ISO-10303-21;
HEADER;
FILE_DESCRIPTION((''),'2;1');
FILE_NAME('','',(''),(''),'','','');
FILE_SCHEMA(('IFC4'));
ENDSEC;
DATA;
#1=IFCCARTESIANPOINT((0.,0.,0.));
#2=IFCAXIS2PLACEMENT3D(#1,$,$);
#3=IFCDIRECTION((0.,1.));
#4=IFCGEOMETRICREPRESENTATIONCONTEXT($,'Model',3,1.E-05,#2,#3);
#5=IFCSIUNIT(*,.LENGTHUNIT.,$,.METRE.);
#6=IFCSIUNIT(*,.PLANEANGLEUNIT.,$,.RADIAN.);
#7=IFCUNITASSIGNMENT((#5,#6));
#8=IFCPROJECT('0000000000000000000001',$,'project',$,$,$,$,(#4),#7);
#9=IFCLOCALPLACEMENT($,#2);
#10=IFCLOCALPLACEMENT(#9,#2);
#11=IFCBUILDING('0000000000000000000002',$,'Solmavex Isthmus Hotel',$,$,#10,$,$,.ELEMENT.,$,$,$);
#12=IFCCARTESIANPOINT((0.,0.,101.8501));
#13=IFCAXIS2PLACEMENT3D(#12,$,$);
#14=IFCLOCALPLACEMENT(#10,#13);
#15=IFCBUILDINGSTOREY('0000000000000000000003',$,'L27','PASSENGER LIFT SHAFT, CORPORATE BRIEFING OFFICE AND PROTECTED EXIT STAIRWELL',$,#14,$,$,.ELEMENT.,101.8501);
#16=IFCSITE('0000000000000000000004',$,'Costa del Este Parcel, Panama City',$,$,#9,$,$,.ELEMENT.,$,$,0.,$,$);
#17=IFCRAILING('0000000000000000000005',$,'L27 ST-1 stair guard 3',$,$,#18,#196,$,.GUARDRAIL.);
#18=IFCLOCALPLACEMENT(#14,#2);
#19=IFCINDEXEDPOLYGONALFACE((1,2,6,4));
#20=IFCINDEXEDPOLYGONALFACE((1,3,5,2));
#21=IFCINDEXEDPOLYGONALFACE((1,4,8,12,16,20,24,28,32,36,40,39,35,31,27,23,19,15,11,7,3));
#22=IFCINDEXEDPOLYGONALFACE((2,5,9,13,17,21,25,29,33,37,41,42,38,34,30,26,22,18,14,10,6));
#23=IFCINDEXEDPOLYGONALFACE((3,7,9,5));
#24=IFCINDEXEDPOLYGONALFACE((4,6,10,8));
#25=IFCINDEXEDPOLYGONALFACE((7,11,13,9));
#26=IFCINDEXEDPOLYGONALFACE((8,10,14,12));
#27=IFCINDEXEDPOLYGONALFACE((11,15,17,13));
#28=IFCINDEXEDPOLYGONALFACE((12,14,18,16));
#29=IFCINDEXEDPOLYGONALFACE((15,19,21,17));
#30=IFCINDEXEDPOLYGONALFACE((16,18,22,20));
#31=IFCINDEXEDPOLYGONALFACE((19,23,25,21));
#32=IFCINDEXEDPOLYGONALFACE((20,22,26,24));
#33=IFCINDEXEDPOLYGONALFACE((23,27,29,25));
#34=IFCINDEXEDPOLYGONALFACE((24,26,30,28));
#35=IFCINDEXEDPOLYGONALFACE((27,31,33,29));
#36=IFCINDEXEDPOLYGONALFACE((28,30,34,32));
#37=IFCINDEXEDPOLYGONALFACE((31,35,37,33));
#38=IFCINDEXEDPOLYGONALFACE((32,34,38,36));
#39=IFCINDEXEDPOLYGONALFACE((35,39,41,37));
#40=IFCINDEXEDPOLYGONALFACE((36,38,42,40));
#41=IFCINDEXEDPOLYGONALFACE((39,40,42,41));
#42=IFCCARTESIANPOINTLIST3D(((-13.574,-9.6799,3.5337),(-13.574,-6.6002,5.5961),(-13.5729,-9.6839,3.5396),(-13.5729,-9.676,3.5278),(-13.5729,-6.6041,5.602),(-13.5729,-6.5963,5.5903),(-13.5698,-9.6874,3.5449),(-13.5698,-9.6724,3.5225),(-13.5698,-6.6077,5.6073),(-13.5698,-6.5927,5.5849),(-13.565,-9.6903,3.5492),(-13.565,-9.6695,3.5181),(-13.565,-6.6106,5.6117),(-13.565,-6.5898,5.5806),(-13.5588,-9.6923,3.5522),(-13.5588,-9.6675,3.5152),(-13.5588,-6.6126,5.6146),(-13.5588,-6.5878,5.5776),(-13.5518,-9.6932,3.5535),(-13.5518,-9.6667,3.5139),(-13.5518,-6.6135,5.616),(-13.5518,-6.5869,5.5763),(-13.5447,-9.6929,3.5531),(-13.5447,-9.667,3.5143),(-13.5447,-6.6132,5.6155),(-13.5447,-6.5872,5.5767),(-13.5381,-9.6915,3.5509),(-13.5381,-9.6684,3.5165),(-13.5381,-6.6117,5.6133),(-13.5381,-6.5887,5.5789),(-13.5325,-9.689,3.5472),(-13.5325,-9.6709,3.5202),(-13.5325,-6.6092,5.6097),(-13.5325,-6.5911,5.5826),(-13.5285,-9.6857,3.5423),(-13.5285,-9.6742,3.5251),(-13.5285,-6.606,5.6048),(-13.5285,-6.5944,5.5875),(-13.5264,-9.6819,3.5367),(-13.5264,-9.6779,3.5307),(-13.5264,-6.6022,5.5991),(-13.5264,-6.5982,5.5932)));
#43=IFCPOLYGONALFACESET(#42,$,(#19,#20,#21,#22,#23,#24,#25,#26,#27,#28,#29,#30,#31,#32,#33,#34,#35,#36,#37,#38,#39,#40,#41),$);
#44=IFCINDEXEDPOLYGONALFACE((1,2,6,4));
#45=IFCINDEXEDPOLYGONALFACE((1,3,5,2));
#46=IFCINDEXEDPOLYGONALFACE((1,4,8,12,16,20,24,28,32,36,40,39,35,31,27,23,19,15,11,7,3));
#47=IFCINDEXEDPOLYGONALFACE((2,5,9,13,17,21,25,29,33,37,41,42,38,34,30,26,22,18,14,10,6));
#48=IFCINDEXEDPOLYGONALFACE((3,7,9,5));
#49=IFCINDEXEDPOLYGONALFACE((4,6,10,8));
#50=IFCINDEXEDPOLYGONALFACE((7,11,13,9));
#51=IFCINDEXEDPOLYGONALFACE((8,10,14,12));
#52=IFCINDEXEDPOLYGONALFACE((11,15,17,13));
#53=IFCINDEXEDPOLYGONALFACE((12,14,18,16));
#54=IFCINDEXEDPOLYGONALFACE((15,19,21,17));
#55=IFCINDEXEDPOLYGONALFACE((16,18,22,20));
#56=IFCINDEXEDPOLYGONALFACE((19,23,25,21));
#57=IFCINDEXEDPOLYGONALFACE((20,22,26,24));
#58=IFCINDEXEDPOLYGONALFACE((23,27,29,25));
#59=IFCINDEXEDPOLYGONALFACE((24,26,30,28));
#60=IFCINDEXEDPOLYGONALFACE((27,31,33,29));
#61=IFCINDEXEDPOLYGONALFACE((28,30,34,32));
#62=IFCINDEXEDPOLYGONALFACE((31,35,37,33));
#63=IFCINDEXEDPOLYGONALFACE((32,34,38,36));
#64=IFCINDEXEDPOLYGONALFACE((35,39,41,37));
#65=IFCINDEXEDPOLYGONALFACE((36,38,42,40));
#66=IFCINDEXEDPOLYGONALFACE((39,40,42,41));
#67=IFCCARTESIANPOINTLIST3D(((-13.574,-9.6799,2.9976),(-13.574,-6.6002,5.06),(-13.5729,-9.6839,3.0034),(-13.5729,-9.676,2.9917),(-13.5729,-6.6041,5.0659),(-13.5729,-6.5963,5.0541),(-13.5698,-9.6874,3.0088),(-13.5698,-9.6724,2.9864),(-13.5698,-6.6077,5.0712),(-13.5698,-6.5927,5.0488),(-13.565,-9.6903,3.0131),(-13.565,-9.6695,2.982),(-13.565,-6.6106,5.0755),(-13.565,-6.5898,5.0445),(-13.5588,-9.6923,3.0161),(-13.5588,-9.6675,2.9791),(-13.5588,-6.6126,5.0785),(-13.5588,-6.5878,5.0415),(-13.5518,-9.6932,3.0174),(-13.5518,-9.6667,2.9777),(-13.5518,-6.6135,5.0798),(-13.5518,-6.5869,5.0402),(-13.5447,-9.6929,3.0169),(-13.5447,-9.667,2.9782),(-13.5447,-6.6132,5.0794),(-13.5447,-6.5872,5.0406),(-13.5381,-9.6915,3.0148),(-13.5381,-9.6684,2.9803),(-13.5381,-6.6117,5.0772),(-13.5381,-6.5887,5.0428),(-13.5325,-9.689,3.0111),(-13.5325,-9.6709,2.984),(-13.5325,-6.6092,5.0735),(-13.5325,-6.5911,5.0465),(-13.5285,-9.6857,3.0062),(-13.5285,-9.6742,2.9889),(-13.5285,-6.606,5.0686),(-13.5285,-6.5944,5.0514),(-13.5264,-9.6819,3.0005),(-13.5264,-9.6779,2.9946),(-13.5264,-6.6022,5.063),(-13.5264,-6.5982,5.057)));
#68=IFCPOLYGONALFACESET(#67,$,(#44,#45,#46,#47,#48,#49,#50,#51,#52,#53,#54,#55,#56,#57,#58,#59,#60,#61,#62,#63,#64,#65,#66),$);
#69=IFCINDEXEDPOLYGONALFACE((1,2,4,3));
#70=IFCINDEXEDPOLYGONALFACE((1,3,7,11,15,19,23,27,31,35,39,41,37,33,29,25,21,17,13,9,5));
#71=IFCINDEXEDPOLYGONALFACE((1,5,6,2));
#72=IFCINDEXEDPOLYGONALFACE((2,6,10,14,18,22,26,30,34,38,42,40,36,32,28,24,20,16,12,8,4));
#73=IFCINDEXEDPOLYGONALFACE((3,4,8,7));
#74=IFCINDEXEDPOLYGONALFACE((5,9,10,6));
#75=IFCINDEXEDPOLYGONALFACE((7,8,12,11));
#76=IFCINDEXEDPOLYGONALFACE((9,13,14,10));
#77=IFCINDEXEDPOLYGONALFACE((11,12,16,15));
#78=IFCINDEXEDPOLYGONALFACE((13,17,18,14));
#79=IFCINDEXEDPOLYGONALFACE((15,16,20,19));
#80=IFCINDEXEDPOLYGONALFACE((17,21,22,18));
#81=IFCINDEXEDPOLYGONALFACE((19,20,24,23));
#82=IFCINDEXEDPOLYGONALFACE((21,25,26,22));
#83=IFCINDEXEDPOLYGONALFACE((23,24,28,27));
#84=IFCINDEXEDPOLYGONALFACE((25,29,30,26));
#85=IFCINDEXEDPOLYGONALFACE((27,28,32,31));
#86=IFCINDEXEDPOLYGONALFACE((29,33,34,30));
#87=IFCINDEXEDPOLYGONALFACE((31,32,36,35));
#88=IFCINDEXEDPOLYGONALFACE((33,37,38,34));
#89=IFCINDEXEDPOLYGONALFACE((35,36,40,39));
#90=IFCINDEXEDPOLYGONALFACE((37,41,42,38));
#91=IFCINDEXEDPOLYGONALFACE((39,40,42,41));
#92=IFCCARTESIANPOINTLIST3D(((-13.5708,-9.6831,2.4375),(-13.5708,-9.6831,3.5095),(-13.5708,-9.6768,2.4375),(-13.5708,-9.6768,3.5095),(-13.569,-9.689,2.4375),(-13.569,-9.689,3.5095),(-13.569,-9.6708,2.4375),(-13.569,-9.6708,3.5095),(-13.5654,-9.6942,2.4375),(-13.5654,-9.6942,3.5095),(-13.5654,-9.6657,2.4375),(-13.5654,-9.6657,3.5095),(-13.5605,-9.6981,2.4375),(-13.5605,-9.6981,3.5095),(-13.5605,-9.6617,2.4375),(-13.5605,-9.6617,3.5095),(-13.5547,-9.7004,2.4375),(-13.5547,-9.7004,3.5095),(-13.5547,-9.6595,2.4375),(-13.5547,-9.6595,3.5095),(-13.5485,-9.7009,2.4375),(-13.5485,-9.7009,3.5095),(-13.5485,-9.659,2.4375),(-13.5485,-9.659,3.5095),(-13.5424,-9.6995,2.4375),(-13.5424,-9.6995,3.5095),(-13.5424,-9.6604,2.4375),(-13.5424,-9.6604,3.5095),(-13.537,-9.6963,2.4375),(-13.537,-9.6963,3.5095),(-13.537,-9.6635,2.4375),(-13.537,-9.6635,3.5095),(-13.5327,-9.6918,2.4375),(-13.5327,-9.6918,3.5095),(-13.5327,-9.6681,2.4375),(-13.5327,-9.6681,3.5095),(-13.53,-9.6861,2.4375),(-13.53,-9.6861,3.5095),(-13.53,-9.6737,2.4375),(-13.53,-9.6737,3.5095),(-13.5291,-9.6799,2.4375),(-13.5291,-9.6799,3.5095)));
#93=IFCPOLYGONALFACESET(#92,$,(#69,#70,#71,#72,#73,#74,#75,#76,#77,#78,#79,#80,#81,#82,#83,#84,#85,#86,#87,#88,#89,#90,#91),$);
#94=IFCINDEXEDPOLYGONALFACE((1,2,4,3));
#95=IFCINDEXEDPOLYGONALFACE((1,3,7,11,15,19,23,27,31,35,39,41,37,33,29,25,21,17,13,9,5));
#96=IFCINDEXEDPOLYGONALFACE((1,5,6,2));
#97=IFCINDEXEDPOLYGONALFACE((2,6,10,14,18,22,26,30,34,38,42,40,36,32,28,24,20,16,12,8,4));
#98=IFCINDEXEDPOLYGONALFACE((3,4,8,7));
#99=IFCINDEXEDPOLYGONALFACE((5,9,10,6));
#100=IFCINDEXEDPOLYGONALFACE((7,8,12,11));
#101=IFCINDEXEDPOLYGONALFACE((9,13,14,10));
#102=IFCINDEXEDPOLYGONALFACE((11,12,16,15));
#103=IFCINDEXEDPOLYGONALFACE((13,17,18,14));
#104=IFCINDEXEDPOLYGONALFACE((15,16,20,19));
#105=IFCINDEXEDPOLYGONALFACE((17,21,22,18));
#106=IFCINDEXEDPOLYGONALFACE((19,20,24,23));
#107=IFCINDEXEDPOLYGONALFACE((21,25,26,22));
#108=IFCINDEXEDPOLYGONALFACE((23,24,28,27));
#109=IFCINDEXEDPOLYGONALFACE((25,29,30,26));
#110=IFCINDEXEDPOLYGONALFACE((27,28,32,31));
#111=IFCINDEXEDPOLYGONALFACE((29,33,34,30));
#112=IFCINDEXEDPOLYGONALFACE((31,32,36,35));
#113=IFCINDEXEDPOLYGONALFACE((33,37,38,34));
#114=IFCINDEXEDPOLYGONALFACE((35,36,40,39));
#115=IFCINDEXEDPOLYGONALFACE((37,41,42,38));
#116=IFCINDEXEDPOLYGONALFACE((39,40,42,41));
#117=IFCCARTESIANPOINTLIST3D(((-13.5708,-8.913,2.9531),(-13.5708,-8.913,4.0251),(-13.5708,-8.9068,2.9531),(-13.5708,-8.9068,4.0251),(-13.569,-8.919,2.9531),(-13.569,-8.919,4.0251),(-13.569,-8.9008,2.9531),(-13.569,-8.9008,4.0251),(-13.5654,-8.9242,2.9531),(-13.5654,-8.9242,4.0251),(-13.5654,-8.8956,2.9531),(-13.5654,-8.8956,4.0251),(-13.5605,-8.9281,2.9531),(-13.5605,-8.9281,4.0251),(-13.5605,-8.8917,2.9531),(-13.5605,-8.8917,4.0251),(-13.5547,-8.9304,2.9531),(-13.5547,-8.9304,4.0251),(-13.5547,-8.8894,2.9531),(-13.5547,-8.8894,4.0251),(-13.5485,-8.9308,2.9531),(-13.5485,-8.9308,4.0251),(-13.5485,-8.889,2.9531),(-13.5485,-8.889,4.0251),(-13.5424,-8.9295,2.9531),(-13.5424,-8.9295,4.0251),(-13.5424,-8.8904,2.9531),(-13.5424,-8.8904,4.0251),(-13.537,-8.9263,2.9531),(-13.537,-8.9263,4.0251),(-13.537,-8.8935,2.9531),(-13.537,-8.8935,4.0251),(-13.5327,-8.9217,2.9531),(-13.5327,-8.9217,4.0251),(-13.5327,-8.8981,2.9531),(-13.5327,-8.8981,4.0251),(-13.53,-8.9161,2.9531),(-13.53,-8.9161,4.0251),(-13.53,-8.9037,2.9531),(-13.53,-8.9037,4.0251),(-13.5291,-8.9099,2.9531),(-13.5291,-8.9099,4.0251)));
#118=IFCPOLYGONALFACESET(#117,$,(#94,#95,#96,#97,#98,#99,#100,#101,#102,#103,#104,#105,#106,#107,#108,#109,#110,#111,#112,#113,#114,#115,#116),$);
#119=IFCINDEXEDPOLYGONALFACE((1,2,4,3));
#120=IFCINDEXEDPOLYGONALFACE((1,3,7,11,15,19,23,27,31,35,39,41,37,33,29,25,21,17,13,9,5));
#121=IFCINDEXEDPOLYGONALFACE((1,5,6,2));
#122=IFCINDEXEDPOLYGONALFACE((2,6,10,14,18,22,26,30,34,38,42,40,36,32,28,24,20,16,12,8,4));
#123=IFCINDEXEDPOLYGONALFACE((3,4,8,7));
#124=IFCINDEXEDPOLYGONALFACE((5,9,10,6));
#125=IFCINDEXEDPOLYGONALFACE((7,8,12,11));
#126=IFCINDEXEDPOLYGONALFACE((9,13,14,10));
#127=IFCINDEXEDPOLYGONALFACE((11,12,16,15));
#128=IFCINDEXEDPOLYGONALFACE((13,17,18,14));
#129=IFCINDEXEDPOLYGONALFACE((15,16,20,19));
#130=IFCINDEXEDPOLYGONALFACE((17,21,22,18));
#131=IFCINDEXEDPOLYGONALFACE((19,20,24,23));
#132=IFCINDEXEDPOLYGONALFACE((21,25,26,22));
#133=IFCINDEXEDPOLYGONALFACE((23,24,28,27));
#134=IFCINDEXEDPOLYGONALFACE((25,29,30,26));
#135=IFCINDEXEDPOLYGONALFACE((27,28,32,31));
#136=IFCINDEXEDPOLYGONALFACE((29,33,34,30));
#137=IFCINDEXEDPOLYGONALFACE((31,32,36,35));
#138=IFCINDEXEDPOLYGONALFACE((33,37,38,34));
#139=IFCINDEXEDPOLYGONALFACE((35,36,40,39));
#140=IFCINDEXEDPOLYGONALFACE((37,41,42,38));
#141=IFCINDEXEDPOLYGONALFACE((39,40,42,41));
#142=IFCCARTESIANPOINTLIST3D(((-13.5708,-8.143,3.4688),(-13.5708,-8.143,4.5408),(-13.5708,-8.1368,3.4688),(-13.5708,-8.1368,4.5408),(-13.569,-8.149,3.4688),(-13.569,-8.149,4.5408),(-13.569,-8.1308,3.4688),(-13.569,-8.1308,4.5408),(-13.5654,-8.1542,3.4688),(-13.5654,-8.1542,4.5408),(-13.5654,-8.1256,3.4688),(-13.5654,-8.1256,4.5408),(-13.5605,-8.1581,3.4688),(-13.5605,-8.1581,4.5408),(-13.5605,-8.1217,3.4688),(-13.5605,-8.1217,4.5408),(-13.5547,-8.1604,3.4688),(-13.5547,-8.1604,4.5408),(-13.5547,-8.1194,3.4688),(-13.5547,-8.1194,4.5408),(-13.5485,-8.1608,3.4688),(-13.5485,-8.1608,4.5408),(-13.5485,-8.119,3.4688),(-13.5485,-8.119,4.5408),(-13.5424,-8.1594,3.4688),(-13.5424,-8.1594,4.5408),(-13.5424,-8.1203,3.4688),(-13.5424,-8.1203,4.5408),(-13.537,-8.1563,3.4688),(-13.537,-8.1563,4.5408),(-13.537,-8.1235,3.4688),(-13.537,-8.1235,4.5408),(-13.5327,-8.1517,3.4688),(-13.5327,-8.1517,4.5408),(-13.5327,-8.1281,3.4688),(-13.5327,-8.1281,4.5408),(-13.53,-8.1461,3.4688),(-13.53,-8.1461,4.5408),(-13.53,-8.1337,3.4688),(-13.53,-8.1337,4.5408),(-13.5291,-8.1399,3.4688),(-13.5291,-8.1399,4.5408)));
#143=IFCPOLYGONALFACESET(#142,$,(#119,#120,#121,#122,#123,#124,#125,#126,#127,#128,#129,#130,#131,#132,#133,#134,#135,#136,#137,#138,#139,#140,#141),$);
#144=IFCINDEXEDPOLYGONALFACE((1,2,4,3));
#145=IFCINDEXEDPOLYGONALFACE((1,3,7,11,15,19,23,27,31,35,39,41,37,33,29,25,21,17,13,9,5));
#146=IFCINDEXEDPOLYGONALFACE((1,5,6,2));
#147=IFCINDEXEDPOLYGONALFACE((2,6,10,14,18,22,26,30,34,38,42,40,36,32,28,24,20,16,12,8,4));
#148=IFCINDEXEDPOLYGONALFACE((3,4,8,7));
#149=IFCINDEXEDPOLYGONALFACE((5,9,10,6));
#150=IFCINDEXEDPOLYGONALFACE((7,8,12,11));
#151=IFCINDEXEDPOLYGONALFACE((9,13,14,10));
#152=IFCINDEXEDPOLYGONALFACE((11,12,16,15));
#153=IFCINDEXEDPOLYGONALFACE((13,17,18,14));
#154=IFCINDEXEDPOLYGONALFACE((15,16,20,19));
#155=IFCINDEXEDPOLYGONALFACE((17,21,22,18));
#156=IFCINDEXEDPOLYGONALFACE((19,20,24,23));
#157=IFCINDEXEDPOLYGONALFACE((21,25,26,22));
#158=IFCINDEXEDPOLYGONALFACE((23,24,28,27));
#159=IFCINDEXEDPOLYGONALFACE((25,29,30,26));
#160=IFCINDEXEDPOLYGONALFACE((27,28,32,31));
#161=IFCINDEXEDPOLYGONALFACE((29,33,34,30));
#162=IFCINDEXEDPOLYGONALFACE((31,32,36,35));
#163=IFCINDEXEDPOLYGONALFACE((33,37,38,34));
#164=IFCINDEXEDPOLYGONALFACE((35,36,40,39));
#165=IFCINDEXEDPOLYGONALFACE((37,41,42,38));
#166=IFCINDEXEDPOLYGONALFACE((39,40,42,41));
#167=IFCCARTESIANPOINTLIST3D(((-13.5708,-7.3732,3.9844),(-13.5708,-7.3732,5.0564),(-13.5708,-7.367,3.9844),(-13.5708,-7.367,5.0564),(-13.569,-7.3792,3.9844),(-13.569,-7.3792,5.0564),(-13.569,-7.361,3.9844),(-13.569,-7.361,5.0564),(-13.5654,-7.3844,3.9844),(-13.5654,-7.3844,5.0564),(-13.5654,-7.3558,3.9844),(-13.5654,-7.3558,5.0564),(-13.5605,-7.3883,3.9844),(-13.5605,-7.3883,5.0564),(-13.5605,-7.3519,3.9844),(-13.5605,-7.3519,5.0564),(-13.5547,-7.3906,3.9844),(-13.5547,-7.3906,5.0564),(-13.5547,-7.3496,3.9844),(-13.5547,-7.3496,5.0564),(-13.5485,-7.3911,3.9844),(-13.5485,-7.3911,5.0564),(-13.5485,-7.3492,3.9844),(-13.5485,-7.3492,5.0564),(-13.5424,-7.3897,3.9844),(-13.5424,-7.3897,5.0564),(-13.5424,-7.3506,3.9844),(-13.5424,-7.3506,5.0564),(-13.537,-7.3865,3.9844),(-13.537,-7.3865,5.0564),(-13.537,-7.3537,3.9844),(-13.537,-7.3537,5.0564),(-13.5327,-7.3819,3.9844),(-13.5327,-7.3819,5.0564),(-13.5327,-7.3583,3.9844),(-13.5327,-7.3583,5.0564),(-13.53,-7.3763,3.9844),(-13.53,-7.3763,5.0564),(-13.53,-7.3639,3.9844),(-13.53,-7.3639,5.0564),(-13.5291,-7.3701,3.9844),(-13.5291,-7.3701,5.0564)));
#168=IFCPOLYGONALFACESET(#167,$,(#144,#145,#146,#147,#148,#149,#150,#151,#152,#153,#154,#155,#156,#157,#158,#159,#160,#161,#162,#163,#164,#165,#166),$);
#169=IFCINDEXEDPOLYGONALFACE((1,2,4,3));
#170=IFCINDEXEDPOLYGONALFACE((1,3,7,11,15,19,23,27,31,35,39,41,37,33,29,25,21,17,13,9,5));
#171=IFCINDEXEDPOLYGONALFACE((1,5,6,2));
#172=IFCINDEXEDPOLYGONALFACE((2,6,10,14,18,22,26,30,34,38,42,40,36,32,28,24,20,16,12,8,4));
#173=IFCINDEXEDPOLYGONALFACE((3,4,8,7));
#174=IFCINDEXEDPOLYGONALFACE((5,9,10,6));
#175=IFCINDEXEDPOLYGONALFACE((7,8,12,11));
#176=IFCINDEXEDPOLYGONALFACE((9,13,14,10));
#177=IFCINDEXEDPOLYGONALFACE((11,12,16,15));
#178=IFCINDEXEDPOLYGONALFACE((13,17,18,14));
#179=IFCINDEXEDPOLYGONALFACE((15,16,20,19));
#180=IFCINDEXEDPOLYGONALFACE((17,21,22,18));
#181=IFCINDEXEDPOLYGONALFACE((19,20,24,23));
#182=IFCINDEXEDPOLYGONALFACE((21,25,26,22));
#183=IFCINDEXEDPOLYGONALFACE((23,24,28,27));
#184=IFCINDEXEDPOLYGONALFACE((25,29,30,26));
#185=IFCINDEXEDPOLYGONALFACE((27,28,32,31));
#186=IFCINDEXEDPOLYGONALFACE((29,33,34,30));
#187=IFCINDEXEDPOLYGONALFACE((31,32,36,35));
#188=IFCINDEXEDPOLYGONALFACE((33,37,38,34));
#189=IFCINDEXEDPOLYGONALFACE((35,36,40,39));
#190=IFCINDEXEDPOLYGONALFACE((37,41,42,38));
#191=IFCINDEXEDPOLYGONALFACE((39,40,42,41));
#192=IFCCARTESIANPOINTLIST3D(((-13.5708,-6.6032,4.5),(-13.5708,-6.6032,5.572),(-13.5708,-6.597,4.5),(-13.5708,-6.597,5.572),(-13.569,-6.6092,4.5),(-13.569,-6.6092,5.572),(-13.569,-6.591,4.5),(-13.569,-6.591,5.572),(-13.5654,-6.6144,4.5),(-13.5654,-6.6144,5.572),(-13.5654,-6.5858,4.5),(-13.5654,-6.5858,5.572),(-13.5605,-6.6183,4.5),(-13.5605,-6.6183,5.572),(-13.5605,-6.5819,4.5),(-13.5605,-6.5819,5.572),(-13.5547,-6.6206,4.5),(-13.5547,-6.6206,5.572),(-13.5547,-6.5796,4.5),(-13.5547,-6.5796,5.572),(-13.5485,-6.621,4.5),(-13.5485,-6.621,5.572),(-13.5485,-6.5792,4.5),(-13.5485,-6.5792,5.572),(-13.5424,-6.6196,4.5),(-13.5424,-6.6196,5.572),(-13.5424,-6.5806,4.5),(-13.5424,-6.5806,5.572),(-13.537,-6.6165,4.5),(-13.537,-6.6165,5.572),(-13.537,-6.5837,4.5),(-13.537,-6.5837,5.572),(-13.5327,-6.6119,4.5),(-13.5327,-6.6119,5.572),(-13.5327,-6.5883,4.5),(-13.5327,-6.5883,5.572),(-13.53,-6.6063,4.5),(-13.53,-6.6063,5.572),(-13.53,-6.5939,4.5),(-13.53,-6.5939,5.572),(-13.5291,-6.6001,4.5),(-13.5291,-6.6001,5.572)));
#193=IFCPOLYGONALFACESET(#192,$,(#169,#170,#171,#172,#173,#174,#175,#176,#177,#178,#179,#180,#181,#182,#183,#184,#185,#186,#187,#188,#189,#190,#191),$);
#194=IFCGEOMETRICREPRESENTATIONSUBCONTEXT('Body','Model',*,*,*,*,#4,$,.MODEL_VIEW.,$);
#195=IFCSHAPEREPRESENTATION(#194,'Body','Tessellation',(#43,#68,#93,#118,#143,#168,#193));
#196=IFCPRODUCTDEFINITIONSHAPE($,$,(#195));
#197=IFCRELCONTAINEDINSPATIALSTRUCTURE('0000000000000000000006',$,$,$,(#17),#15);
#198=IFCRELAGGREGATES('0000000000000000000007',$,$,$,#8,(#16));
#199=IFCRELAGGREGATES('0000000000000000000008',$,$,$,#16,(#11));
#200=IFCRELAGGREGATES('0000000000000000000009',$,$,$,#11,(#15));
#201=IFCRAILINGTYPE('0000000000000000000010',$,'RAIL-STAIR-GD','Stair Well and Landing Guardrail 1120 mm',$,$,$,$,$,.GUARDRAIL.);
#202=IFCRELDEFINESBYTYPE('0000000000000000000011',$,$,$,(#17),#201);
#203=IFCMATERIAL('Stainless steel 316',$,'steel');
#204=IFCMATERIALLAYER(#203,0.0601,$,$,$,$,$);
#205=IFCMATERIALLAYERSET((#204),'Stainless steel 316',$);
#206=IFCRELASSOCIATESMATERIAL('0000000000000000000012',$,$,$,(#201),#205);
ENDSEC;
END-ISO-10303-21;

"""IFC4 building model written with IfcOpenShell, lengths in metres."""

from ifc_helpers import new_model, si_unit, direction, frame, origin, origin_2d, place, context, subcontext, project, spatial, circle, extrude, material, layer, layer_set, type_object, element, save


model = new_model("IFC4")

# Units and contexts
model_context = context("Model", 3, precision=1e-05, world=origin(), true_north=direction((0.0, 1.0)))
body_context = subcontext(model_context, "Body", "Model", "MODEL_VIEW")
ifc_project = project(units=[si_unit("LENGTHUNIT", "METRE"), si_unit("PLANEANGLEUNIT", "RADIAN")], contexts=[model_context])

# Site, building, storey
site_placement = place(None, origin())
site = spatial("IfcSite", under=ifc_project, at=site_placement, Name="Costa del Este Parcel, Panama City", CompositionType="ELEMENT", RefElevation=0.0)
building_placement = place(site_placement, origin())
building = spatial("IfcBuilding", under=site, at=building_placement, Name="Solmavex Isthmus Hotel", CompositionType="ELEMENT")
storey_placement = place(building_placement, frame((0.0, 0.0, 101.8501)))
storey = spatial("IfcBuildingStorey", under=building, at=storey_placement, Name="L27", Description="PASSENGER LIFT SHAFT, CORPORATE BRIEFING OFFICE AND PROTECTED EXIT STAIRWELL", CompositionType="ELEMENT", Elevation=101.8501)

# Railing
ifc_material_1 = material(Name="Stainless steel 316", Category="steel")
ifc_layer_1 = layer(ifc_material_1, 0.0601)
ifc_layer_set_1 = layer_set([ifc_layer_1], Name="Stainless steel 316")
railing_type_1 = type_object("IfcRailingType", Name="RAIL-STAIR-GD", Description="Stair Well and Landing Guardrail 1120 mm", PredefinedType="GUARDRAIL", material=ifc_layer_set_1)
railing_1_placement = place(storey_placement, frame((-13.55, -9.6799, 2.4375)))
element("IfcRailing", 1, at=railing_1_placement, inside=storey, type_object=railing_type_1, Name="L27 ST-1 stair guard 3", PredefinedType="GUARDRAIL", context=body_context, shape_type="SweptSolid", body=[
    extrude(circle(Radius=0.0239, at=origin_2d()), frame((0.0, 0.0, 1.0962), z_axis=(0.0, 0.830893, 0.556432), x_axis=(-1.0, 0.0, 0.0)), (0.0, 0.0, 1.0), 3.7065),
    extrude(circle(Radius=0.0239, at=origin_2d()), frame((0.0, 0.0, 0.5601), z_axis=(0.0, 0.830893, 0.556432), x_axis=(-1.0, 0.0, 0.0)), (0.0, 0.0, 1.0), 3.7065),
    extrude(circle(Radius=0.021, at=origin_2d()), origin(), (0.0, 0.0, 1.0), 1.072),
    extrude(circle(Radius=0.021, at=origin_2d()), frame((0.0, 0.77, 0.5156)), (0.0, 0.0, 1.0), 1.072),
    extrude(circle(Radius=0.021, at=origin_2d()), frame((0.0, 1.54, 1.0312)), (0.0, 0.0, 1.0), 1.072),
    extrude(circle(Radius=0.021, at=origin_2d()), frame((0.0, 2.3098, 1.5469)), (0.0, 0.0, 1.0), 1.072),
    extrude(circle(Radius=0.021, at=origin_2d()), frame((0.0, 3.0798, 2.0625)), (0.0, 0.0, 1.0), 1.072),
])

save(model, "model.ifc")
